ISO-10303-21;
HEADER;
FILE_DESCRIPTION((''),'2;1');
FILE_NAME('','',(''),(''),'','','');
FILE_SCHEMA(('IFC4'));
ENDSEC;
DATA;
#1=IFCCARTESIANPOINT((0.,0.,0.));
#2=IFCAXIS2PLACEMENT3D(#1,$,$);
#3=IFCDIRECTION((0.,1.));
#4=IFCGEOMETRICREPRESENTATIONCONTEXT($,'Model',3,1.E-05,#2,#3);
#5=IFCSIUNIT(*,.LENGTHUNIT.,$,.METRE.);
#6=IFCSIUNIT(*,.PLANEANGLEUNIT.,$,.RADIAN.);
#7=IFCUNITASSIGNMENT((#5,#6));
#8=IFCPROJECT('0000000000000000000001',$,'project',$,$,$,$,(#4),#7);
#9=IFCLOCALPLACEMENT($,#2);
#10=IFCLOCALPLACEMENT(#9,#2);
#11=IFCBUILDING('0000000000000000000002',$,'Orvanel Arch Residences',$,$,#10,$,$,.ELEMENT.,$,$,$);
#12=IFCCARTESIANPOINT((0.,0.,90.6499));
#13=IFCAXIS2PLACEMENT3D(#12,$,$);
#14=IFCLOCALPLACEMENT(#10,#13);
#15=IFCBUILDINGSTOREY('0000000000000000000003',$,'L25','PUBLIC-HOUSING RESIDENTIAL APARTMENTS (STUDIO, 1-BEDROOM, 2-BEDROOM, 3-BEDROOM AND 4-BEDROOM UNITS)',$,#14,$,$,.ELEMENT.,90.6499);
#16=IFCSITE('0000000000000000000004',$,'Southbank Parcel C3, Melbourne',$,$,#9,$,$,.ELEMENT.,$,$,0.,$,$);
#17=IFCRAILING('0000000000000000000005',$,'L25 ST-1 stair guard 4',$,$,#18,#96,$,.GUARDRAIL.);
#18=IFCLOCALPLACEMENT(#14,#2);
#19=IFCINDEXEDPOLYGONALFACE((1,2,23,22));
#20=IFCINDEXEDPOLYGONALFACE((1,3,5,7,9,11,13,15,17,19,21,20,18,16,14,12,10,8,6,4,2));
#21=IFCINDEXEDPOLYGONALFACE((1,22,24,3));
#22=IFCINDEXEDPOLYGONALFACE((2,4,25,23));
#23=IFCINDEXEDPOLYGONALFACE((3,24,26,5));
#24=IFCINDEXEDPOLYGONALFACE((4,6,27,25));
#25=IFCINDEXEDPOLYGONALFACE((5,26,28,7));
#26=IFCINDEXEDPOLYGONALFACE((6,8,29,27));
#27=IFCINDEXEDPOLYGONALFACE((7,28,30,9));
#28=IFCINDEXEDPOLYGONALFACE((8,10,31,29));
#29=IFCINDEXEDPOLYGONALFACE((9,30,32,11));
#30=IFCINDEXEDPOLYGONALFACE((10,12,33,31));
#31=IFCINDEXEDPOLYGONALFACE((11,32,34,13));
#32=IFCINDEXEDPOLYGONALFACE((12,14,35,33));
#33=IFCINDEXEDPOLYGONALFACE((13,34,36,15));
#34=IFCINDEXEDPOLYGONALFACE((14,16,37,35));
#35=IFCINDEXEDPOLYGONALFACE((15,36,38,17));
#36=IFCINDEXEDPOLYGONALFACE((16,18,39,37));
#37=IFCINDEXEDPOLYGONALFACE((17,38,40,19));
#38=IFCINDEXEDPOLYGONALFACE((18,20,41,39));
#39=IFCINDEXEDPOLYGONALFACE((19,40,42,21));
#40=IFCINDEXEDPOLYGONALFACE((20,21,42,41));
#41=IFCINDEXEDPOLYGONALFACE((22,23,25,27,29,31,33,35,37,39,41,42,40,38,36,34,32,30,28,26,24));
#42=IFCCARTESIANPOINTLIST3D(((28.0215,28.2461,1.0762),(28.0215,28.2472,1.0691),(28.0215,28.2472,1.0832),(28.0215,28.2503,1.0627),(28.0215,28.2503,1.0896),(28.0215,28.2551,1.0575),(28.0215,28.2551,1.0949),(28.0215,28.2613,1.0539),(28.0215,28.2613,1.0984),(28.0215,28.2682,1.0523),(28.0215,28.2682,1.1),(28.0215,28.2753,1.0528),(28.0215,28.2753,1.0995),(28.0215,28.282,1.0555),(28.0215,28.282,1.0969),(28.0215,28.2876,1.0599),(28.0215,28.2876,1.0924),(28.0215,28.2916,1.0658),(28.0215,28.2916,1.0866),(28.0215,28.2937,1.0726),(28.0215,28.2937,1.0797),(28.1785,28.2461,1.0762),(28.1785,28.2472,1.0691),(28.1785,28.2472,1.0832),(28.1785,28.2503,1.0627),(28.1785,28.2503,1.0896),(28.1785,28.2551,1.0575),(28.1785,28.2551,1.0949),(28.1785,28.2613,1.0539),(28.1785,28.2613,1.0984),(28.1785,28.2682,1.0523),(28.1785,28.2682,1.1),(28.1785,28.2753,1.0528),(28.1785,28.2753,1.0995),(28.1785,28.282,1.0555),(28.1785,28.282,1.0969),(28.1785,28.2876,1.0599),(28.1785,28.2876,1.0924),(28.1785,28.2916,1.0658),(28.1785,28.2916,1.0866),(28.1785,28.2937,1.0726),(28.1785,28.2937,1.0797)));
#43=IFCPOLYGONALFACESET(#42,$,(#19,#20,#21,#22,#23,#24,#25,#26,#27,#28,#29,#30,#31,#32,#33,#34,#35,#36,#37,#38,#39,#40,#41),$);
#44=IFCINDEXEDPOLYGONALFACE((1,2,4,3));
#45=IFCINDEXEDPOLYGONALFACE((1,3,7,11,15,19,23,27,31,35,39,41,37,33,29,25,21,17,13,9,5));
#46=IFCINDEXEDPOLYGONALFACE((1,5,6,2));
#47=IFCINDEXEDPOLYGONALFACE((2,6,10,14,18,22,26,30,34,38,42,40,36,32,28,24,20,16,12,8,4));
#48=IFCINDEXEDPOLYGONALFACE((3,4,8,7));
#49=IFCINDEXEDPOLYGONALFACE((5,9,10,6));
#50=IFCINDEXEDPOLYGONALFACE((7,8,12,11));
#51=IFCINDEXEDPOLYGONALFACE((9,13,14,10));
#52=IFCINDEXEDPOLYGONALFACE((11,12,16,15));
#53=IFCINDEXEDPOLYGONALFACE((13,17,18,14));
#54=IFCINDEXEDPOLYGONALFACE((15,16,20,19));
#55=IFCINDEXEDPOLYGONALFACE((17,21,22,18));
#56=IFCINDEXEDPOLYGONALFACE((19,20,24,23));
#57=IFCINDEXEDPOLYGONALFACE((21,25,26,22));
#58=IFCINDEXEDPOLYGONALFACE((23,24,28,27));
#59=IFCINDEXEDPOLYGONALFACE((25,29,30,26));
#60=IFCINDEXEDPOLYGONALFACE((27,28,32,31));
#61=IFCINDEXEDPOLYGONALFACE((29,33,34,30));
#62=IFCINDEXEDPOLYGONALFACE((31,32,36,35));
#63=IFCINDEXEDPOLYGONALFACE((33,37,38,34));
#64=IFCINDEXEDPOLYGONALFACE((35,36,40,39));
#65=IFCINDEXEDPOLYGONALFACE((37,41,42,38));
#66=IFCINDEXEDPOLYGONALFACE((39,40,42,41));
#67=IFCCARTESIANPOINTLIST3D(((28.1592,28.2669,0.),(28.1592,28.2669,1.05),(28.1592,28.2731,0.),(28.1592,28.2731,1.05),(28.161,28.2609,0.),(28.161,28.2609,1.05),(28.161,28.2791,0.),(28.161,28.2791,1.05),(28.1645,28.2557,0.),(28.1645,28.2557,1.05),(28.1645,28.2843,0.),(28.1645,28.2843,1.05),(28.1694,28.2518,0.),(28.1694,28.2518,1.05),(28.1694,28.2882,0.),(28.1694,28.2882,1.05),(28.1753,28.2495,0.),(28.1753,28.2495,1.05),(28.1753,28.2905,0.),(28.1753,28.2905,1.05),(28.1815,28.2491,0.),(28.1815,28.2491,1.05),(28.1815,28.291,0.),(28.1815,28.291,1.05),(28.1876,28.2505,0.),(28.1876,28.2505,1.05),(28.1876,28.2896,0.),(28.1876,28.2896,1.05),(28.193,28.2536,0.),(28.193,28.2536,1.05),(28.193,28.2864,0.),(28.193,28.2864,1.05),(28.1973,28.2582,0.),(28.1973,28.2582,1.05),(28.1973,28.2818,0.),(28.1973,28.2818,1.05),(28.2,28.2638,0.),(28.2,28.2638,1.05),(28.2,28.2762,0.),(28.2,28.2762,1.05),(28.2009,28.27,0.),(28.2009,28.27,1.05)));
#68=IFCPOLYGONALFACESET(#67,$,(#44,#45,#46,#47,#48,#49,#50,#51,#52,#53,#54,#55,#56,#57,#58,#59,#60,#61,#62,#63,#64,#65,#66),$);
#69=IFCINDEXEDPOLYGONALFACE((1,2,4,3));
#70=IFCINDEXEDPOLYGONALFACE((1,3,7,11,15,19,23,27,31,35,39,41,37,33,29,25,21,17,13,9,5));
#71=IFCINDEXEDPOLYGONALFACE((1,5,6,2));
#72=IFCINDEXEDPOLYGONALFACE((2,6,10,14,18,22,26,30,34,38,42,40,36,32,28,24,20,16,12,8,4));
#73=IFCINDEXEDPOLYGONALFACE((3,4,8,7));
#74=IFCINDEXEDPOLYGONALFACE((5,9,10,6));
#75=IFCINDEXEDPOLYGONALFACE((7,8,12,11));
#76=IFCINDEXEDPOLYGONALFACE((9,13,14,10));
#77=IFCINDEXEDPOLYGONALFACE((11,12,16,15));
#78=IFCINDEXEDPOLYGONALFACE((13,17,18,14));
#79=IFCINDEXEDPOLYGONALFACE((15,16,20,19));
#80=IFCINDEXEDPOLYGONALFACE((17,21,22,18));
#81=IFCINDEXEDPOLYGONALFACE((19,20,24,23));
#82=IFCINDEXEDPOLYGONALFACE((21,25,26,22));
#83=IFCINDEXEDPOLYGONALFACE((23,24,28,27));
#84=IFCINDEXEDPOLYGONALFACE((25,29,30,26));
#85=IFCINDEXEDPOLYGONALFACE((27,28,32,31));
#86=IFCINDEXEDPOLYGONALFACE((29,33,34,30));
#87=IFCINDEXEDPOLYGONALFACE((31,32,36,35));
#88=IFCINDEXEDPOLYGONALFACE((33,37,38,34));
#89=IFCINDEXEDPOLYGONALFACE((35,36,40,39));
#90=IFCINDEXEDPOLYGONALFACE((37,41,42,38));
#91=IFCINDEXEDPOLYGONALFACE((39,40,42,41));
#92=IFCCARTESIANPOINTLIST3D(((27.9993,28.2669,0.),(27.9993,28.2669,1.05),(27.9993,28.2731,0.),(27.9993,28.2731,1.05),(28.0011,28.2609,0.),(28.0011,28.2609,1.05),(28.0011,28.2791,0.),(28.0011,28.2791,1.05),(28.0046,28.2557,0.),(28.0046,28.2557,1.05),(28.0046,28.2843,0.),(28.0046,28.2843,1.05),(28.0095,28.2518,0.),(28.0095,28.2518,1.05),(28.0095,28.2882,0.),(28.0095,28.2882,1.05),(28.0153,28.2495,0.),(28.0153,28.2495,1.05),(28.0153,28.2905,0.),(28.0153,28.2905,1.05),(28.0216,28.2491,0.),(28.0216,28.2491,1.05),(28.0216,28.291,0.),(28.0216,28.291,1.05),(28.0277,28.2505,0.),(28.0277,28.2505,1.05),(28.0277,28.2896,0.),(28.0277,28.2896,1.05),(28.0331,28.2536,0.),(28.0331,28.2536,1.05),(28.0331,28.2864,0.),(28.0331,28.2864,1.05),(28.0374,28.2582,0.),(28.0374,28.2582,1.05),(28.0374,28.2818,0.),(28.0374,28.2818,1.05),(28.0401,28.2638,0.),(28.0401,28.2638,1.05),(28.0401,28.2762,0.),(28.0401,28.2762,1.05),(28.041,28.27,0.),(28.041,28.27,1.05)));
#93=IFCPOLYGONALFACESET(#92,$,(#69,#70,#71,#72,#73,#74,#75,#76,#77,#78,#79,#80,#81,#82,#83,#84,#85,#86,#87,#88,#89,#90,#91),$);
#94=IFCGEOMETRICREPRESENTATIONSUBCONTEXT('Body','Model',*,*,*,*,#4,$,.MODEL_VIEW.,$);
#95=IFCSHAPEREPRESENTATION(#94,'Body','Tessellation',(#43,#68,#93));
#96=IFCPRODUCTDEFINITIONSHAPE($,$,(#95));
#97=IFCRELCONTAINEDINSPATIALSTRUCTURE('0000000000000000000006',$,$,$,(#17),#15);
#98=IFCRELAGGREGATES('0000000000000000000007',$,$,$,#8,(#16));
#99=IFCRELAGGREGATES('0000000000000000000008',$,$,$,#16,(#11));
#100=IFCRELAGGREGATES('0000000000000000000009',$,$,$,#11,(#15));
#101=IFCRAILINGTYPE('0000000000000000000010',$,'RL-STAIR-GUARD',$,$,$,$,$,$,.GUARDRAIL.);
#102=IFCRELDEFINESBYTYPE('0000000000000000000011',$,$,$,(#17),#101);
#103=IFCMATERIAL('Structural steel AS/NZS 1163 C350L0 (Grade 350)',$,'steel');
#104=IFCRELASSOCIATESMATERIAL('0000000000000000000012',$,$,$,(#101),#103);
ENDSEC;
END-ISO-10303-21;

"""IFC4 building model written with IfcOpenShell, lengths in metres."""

from ifc_helpers import new_model, si_unit, direction, frame, origin, origin_2d, place, context, subcontext, project, spatial, circle, extrude, material, type_object, element, save


model = new_model("IFC4")

# Units and contexts
model_context = context("Model", 3, precision=1e-05, world=origin(), true_north=direction((0.0, 1.0)))
body_context = subcontext(model_context, "Body", "Model", "MODEL_VIEW")
ifc_project = project(units=[si_unit("LENGTHUNIT", "METRE"), si_unit("PLANEANGLEUNIT", "RADIAN")], contexts=[model_context])

# Site, building, storey
site_placement = place(None, origin())
site = spatial("IfcSite", under=ifc_project, at=site_placement, Name="Southbank Parcel C3, Melbourne", CompositionType="ELEMENT", RefElevation=0.0)
building_placement = place(site_placement, origin())
building = spatial("IfcBuilding", under=site, at=building_placement, Name="Orvanel Arch Residences", CompositionType="ELEMENT")
storey_placement = place(building_placement, frame((0.0, 0.0, 90.6499)))
storey = spatial("IfcBuildingStorey", under=building, at=storey_placement, Name="L25", Description="PUBLIC-HOUSING RESIDENTIAL APARTMENTS (STUDIO, 1-BEDROOM, 2-BEDROOM, 3-BEDROOM AND 4-BEDROOM UNITS)", CompositionType="ELEMENT", Elevation=90.6499)

# Railing
ifc_material_1 = material(Name="Structural steel AS/NZS 1163 C350L0 (Grade 350)", Category="steel")
railing_type_1 = type_object("IfcRailingType", Name="RL-STAIR-GUARD", PredefinedType="GUARDRAIL", material=ifc_material_1)
railing_1_placement = place(storey_placement, frame((28.1799, 28.27, 0.0)))
element("IfcRailing", 1, at=railing_1_placement, inside=storey, type_object=railing_type_1, Name="L25 ST-1 stair guard 4", PredefinedType="GUARDRAIL", context=body_context, shape_type="SweptSolid", body=[
    extrude(circle(Radius=0.0239, at=origin_2d()), frame((-0.0015, 0.0, 1.0762), z_axis=(-1.0, 0.0, 0.0), x_axis=(0.0, -1.0, 0.0)), (0.0, 0.0, 1.0), 0.157),
    extrude(circle(Radius=0.021, at=origin_2d()), origin(), (0.0, 0.0, 1.0), 1.05),
    extrude(circle(Radius=0.021, at=origin_2d()), frame((-0.1599, 0.0, 0.0)), (0.0, 0.0, 1.0), 1.05),
])

save(model, "model.ifc")
